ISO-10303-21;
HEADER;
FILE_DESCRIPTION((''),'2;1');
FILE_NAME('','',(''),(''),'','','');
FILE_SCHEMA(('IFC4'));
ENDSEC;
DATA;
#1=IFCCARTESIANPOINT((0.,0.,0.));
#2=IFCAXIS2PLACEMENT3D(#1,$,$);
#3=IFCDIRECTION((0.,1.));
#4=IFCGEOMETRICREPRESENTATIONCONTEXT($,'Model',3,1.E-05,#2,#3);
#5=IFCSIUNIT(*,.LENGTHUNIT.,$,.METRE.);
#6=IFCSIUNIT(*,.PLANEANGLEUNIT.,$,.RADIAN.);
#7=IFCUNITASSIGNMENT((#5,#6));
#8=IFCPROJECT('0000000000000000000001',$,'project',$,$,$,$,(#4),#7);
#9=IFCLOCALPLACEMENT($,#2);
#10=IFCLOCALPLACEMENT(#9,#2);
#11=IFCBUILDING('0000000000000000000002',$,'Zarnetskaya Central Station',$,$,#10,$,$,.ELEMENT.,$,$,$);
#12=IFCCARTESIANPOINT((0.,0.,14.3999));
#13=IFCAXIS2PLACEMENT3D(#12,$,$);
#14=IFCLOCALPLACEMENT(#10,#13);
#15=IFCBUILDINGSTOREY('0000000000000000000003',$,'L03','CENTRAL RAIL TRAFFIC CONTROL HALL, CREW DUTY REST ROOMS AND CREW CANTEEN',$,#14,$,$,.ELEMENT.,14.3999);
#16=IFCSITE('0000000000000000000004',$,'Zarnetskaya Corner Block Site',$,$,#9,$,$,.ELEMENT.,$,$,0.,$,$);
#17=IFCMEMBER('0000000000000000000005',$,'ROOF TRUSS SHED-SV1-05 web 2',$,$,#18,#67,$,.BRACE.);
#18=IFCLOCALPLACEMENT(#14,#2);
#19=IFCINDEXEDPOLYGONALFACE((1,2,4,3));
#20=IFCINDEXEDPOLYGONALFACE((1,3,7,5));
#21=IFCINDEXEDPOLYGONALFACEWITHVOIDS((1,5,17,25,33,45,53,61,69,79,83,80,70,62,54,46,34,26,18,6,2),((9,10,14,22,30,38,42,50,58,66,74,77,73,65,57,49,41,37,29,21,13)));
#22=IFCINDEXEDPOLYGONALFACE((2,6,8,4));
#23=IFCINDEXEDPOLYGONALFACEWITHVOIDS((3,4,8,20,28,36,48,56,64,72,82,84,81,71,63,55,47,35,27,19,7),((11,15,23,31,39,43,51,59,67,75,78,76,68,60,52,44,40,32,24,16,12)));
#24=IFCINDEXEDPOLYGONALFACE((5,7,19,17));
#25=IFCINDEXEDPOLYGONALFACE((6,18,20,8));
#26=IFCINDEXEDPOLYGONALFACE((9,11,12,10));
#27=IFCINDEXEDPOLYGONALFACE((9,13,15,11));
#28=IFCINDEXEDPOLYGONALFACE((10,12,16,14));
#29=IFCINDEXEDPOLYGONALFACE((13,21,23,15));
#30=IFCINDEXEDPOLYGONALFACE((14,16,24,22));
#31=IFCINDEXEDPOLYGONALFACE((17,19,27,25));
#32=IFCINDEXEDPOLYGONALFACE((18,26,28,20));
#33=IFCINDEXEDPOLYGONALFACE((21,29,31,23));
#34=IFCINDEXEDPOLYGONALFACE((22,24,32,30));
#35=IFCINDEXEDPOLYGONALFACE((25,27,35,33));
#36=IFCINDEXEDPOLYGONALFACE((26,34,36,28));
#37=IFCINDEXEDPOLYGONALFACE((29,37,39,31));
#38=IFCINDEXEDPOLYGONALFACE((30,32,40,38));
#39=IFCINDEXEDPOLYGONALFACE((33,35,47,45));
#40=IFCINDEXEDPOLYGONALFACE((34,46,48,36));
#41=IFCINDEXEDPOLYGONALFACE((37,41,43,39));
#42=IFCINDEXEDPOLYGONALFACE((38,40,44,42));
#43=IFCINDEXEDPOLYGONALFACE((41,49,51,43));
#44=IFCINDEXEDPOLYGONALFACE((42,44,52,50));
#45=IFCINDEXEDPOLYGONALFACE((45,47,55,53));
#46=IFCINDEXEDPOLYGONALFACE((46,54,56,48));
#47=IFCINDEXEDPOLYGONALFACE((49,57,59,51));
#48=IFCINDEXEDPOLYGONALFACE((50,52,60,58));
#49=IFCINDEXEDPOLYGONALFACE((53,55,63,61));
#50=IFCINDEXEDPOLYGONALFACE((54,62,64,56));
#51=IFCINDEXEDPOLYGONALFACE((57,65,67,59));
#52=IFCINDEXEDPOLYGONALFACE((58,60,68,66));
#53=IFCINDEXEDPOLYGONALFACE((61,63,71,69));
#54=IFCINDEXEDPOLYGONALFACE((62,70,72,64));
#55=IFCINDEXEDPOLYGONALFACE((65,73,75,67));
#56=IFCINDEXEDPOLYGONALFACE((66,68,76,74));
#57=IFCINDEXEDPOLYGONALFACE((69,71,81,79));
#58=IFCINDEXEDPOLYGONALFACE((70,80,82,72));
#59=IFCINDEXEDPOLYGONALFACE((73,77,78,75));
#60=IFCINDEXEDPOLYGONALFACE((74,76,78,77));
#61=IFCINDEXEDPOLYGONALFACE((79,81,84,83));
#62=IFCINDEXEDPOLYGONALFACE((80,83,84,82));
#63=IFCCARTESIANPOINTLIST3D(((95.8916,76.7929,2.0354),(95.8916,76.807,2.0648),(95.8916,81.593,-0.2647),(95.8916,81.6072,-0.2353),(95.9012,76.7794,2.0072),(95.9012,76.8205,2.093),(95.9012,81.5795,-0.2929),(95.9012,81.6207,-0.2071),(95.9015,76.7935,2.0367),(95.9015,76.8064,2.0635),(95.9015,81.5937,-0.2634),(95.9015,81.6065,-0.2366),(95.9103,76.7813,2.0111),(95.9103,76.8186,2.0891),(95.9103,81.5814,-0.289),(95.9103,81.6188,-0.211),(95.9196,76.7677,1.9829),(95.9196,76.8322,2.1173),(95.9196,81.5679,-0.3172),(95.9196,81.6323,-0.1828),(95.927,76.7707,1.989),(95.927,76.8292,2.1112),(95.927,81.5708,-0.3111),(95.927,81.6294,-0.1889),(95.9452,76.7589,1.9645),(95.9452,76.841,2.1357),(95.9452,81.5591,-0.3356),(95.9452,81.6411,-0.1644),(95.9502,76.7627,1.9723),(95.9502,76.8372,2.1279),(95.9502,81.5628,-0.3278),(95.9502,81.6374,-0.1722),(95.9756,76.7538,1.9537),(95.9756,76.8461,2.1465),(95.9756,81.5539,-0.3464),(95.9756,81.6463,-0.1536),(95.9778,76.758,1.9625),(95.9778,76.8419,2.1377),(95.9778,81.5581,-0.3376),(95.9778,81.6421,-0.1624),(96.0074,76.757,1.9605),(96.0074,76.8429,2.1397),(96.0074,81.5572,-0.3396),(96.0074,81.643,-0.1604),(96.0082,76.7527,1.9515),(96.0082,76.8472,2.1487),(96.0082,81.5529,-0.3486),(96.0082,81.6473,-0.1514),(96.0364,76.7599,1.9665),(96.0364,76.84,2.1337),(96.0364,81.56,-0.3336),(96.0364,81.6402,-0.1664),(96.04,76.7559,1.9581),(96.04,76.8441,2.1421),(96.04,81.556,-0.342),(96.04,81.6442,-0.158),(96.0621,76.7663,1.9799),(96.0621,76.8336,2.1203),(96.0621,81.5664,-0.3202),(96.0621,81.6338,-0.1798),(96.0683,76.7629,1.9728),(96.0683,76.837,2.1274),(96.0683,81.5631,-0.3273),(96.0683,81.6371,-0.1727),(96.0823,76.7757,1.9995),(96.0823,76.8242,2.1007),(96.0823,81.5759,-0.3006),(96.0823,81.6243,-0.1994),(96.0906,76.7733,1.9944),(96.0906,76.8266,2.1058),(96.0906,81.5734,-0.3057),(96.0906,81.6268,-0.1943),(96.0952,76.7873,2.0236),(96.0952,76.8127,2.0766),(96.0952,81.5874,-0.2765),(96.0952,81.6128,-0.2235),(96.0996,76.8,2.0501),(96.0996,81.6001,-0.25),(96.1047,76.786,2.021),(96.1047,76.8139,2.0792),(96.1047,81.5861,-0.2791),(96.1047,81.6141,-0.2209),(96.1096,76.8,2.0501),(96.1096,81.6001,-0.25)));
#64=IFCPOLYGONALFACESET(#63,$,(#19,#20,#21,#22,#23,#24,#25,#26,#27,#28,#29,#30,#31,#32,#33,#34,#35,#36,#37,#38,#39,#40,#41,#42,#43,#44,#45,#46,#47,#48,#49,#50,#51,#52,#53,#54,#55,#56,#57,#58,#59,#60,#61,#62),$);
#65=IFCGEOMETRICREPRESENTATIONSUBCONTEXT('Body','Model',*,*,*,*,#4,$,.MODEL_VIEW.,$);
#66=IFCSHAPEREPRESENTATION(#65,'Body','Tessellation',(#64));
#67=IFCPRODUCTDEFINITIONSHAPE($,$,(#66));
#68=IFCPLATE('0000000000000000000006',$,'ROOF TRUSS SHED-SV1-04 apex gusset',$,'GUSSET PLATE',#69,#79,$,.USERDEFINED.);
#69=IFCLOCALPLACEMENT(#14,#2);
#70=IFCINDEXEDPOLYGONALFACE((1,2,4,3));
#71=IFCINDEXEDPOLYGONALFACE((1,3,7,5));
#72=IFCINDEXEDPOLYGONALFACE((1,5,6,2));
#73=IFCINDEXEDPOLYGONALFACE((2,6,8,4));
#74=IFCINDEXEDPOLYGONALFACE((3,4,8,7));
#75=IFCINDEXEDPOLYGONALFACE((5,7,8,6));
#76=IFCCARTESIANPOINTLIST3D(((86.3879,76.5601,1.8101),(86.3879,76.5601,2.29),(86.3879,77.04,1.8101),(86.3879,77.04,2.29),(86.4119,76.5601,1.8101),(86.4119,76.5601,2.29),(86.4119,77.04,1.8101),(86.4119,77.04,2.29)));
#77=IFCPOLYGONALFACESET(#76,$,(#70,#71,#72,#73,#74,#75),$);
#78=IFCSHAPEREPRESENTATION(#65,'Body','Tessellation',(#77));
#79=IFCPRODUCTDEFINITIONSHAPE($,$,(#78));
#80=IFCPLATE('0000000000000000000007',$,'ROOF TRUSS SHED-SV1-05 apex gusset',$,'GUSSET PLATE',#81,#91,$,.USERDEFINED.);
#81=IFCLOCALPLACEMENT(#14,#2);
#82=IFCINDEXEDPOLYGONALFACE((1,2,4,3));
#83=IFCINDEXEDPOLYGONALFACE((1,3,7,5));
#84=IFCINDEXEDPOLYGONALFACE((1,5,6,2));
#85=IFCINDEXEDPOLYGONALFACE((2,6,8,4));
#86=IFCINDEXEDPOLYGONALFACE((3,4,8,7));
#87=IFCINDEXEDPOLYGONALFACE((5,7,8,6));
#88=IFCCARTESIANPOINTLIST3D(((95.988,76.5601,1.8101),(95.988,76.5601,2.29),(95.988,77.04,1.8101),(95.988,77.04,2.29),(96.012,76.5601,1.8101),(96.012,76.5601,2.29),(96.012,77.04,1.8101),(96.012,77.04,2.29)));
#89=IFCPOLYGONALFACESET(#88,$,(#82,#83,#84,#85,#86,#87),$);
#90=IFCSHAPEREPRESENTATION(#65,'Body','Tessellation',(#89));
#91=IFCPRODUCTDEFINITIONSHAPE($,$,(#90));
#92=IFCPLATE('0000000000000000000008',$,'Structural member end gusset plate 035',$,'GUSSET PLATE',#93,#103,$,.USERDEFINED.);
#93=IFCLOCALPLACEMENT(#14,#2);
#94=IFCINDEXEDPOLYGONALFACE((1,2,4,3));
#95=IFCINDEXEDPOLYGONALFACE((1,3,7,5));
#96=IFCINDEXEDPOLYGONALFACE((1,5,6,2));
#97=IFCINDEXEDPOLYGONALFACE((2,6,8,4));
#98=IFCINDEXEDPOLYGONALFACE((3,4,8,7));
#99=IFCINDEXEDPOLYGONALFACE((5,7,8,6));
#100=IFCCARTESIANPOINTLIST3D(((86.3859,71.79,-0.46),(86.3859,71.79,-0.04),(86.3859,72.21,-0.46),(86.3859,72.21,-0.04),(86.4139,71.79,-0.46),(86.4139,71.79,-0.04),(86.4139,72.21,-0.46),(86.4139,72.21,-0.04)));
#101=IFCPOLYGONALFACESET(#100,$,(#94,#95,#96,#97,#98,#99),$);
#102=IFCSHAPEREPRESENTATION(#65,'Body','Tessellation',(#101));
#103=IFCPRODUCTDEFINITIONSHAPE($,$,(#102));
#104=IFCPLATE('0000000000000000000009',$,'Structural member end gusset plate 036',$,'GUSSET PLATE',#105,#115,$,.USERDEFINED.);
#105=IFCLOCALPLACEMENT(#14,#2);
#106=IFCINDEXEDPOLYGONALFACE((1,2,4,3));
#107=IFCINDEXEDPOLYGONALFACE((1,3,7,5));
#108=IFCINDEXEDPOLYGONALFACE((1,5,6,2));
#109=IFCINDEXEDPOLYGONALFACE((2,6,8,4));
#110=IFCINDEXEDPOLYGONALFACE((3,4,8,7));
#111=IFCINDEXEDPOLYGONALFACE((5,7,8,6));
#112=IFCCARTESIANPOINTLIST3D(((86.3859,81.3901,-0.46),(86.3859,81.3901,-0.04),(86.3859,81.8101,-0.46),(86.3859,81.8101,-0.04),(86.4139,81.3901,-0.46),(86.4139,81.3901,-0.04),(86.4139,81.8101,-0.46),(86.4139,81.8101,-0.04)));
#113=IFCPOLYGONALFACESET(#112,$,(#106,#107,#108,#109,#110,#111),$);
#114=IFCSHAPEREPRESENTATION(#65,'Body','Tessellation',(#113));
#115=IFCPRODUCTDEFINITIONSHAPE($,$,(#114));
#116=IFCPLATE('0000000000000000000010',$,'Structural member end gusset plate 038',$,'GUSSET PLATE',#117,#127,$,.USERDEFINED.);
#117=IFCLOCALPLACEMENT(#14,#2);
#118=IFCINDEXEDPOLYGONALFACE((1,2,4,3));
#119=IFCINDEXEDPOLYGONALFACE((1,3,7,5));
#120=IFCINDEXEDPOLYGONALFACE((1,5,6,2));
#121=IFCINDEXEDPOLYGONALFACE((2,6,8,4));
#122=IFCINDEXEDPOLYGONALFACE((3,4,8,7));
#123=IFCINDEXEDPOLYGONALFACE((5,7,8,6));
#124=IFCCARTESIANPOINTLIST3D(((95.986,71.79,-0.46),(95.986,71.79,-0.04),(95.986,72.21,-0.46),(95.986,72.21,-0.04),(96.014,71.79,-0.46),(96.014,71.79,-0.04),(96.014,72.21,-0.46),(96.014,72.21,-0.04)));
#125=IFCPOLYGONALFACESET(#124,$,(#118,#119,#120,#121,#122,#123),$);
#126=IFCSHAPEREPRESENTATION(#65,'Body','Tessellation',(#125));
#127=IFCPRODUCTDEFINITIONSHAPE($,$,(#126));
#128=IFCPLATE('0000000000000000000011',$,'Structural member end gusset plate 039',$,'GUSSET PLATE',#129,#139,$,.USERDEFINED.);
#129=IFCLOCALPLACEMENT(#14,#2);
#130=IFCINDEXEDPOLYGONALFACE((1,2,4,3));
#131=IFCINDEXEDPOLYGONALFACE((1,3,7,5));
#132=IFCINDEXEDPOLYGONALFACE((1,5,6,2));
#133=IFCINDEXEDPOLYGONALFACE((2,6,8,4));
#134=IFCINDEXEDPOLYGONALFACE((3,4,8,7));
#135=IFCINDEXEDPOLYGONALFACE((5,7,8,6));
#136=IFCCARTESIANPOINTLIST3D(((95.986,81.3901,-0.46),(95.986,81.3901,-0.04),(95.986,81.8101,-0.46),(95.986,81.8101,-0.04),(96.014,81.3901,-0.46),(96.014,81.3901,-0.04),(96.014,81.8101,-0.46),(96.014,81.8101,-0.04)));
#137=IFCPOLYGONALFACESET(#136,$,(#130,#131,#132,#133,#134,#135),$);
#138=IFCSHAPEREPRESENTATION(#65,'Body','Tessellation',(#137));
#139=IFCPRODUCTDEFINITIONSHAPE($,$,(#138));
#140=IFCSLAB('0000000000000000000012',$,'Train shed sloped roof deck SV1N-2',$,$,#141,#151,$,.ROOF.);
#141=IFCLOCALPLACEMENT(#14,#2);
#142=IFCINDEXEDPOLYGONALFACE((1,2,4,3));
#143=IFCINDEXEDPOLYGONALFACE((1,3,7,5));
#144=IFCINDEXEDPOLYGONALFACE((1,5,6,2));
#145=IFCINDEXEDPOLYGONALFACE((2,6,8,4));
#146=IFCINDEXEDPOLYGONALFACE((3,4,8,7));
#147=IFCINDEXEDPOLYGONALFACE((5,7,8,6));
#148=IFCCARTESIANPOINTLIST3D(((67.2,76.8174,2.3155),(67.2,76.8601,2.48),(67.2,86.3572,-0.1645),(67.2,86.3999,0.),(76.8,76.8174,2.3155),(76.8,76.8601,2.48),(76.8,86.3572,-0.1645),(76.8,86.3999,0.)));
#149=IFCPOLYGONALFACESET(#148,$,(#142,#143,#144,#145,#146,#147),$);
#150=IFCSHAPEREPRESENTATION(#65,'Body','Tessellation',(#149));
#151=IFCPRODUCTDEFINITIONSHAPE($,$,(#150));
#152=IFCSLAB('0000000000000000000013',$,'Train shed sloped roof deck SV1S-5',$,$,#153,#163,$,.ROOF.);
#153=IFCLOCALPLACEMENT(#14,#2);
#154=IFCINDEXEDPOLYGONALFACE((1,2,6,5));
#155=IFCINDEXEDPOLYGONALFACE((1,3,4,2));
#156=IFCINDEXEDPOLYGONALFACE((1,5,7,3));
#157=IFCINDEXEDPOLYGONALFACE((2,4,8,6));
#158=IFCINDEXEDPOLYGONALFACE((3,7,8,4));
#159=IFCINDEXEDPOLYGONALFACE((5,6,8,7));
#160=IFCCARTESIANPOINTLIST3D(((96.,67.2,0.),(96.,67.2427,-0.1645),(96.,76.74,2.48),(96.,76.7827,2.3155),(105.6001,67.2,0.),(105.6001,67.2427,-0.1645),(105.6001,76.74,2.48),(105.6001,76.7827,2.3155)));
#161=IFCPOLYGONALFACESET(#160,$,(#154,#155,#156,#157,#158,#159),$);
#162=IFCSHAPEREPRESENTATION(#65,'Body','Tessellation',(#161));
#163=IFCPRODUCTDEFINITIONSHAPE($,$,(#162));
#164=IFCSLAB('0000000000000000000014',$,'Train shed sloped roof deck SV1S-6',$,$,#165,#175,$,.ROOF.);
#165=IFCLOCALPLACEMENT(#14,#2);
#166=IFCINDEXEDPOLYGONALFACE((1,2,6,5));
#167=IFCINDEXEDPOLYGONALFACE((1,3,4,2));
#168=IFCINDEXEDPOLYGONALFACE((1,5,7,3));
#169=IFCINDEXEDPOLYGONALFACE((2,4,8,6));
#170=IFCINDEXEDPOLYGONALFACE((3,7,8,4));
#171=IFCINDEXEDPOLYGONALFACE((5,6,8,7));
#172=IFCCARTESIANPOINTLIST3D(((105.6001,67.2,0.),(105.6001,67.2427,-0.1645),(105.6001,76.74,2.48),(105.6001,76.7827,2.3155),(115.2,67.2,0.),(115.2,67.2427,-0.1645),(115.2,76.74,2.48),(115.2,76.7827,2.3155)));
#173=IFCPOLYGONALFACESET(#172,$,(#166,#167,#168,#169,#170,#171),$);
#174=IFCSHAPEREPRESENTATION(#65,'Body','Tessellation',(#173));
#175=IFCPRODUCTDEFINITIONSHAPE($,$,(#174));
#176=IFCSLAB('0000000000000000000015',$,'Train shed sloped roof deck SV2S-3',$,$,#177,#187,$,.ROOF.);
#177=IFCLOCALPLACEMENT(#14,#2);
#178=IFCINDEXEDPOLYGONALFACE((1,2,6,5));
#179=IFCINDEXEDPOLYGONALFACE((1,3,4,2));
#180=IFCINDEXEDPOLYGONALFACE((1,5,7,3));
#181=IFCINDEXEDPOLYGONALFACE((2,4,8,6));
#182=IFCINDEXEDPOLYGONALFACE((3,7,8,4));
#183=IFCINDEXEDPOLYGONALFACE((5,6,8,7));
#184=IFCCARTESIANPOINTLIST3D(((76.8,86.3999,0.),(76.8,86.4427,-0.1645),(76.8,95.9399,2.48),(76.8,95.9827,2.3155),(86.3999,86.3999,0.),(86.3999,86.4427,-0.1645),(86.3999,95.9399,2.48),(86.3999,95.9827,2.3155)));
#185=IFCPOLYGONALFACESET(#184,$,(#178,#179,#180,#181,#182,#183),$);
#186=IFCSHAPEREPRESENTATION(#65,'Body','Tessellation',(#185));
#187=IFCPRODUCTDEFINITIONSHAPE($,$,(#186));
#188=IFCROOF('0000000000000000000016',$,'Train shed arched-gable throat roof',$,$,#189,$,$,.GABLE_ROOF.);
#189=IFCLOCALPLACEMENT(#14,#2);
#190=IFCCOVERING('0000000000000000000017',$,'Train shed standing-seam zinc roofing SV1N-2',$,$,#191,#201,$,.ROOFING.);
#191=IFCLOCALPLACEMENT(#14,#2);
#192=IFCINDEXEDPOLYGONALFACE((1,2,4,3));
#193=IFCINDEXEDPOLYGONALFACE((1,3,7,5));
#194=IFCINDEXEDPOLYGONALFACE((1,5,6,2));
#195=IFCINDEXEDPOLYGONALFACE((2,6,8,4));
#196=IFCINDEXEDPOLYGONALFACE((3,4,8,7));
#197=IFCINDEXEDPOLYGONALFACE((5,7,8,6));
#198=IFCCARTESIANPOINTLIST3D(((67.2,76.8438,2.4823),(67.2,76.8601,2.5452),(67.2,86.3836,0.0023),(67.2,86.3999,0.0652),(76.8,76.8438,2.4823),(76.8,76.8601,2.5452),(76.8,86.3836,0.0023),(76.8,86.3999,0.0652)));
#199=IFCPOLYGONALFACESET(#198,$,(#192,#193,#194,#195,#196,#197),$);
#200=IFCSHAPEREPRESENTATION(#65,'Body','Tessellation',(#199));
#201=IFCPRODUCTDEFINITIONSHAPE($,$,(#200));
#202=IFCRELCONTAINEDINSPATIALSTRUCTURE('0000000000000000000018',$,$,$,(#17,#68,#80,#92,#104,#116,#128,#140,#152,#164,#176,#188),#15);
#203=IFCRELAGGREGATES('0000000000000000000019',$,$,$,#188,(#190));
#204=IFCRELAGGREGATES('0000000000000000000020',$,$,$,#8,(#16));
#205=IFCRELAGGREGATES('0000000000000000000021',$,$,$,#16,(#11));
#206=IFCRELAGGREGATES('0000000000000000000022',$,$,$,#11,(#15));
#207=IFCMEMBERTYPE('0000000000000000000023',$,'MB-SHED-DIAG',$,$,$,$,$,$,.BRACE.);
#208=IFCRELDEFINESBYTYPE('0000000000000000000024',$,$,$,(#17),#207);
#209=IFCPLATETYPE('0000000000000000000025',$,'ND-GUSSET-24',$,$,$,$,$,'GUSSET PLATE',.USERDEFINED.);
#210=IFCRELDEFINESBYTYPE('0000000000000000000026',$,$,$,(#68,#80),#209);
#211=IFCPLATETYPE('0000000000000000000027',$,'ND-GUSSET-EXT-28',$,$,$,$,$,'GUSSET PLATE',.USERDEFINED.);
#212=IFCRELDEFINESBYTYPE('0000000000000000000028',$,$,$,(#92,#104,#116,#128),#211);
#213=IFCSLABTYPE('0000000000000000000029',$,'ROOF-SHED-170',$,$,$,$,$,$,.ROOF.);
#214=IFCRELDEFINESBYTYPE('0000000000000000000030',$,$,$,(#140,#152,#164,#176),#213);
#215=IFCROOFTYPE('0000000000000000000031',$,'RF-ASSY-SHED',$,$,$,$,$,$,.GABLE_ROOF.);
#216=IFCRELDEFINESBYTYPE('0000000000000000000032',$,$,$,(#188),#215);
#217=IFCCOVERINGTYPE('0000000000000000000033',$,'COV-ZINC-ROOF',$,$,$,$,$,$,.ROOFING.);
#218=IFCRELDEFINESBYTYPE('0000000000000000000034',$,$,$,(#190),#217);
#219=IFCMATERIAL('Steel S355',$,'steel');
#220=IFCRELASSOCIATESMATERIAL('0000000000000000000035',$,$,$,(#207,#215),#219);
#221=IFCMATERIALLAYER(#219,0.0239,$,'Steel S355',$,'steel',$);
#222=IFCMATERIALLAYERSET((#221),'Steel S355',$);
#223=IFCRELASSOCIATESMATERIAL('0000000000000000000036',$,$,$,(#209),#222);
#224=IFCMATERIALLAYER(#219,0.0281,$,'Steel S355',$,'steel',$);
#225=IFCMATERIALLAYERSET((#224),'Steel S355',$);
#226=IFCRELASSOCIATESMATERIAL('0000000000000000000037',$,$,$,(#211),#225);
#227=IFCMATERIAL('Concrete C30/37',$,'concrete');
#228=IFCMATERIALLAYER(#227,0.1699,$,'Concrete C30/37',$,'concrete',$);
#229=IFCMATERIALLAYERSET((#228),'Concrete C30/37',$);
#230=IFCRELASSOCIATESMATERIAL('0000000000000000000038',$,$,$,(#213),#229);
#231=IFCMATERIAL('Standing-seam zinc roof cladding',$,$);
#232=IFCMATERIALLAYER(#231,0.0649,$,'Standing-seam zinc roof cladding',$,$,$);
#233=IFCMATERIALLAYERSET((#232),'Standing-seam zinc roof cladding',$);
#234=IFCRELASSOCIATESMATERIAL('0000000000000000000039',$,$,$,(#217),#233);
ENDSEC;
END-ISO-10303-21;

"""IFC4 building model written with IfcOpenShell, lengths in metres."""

from ifc_helpers import new_model, si_unit, direction, frame, origin, origin_2d, place, context, subcontext, project, spatial, polyline, rectangle, hollow_circle, outline, extrude, material, layer, layer_set, material_profile, profile_set, type_object, element, aggregate, save


model = new_model("IFC4")

# Units and contexts
model_context = context("Model", 3, precision=1e-05, world=origin(), true_north=direction((0.0, 1.0)))
body_context = subcontext(model_context, "Body", "Model", "MODEL_VIEW")
ifc_project = project(units=[si_unit("LENGTHUNIT", "METRE"), si_unit("PLANEANGLEUNIT", "RADIAN")], contexts=[model_context])

# Site, building, storey
site_placement = place(None, origin())
site = spatial("IfcSite", under=ifc_project, at=site_placement, Name="Zarnetskaya Corner Block Site", CompositionType="ELEMENT", RefElevation=0.0)
building_placement = place(site_placement, origin())
building = spatial("IfcBuilding", under=site, at=building_placement, Name="Zarnetskaya Central Station", CompositionType="ELEMENT")
storey_placement = place(building_placement, frame((0.0, 0.0, 14.3999)))
storey = spatial("IfcBuildingStorey", under=building, at=storey_placement, Name="L03", Description="CENTRAL RAIL TRAFFIC CONTROL HALL, CREW DUTY REST ROOMS AND CREW CANTEEN", CompositionType="ELEMENT", Elevation=14.3999)

# Shared definitions
ifc_material_1 = material(Name="Steel S355", Category="steel")

# Member
ifc_material_profile_1 = material_profile(ifc_material_1, hollow_circle(Radius=0.1096, WallThickness=0.01, at=origin_2d()), Name="CHS 219.1x10")
ifc_profile_set_1 = profile_set([ifc_material_profile_1], Name="Steel S355")
member_type_1 = type_object("IfcMemberType", Name="MB-SHED-DIAG", PredefinedType="BRACE", material=ifc_profile_set_1)
for number, where, z_axis, x_axis, name in (
    (1, (96.0, 81.6001, -0.25), (0.0, -0.901814, 0.432124), (1.0, 0.0, 0.0), "ROOF TRUSS SHED-SV1-05 web 2"),
):
    element("IfcMember", number, at=place(storey_placement, frame(where, z_axis=z_axis, x_axis=x_axis)), inside=storey, type_object=member_type_1, Name=name, PredefinedType="BRACE", context=body_context, shape_type="SweptSolid", body=[
        extrude(hollow_circle(Radius=0.1096, WallThickness=0.01, at=origin_2d()), origin(), (0.0, 0.0, 1.0), 5.3228),
    ])

# Plates
ifc_layer_1 = layer(ifc_material_1, 0.0239, Name="Steel S355", Category="steel")
ifc_layer_set_1 = layer_set([ifc_layer_1], Name="Steel S355")
plate_type_1 = type_object("IfcPlateType", Name="ND-GUSSET-24", ElementType="GUSSET PLATE", PredefinedType="USERDEFINED", material=ifc_layer_set_1)
for number, where, z_axis, x_axis, name in (
    (2, (86.3999, 76.8, 1.8101), (0.0, 0.0, 1.0), (1.0, 0.0, 0.0), "ROOF TRUSS SHED-SV1-04 apex gusset"),
    (3, (96.0, 76.8, 1.8101), (0.0, 0.0, 1.0), (1.0, 0.0, 0.0), "ROOF TRUSS SHED-SV1-05 apex gusset"),
):
    element("IfcPlate", number, at=place(storey_placement, frame(where, z_axis=z_axis, x_axis=x_axis)), inside=storey, type_object=plate_type_1, Name=name, ObjectType="GUSSET PLATE", PredefinedType="USERDEFINED", context=body_context, shape_type="SweptSolid", body=[
        extrude(rectangle(XDim=0.0239, YDim=0.48, at=origin_2d()), origin(), (0.0, 0.0, 1.0), 0.48),
    ])
ifc_layer_2 = layer(ifc_material_1, 0.0281, Name="Steel S355", Category="steel")
ifc_layer_set_2 = layer_set([ifc_layer_2], Name="Steel S355")
plate_type_2 = type_object("IfcPlateType", Name="ND-GUSSET-EXT-28", ElementType="GUSSET PLATE", PredefinedType="USERDEFINED", material=ifc_layer_set_2)
for number, where, z_axis, x_axis, name in (
    (4, (86.3999, 72.0, -0.46), (0.0, 0.0, 1.0), (1.0, 0.0, 0.0), "Structural member end gusset plate 035"),
    (5, (86.3999, 81.6001, -0.46), (0.0, 0.0, 1.0), (1.0, 0.0, 0.0), "Structural member end gusset plate 036"),
    (6, (96.0, 72.0, -0.46), (0.0, 0.0, 1.0), (1.0, 0.0, 0.0), "Structural member end gusset plate 038"),
    (7, (96.0, 81.6001, -0.46), (0.0, 0.0, 1.0), (1.0, 0.0, 0.0), "Structural member end gusset plate 039"),
):
    element("IfcPlate", number, at=place(storey_placement, frame(where, z_axis=z_axis, x_axis=x_axis)), inside=storey, type_object=plate_type_2, Name=name, ObjectType="GUSSET PLATE", PredefinedType="USERDEFINED", context=body_context, shape_type="SweptSolid", body=[
        extrude(rectangle(XDim=0.0281, YDim=0.4199, at=origin_2d()), origin(), (0.0, 0.0, 1.0), 0.4199),
    ])

# Slabs
ifc_material_2 = material(Name="Concrete C30/37", Category="concrete")
ifc_layer_3 = layer(ifc_material_2, 0.1699, Name="Concrete C30/37", Category="concrete")
ifc_layer_set_3 = layer_set([ifc_layer_3], Name="Concrete C30/37")
slab_type = type_object("IfcSlabType", Name="ROOF-SHED-170", PredefinedType="ROOF", material=ifc_layer_set_3)
slab_1_placement = place(storey_placement, frame((76.8, 86.3999, 0.0), z_axis=(0.0, 0.251599, 0.967832), x_axis=(-1.0, 0.0, 0.0)))
element("IfcSlab", 8, at=slab_1_placement, inside=storey, type_object=slab_type, Name="Train shed sloped roof deck SV1N-2", PredefinedType="ROOF", context=body_context, shape_type="SweptSolid", body=[
    extrude(outline(polyline([(0.0, 0.0), (9.6001, 0.0), (9.6001, 9.8569), (0.0, 9.8569), (0.0, 0.0)])), origin(), (0.0, 0.0, -1.0), 0.1699),
])
slab_2_placement = place(storey_placement, frame((96.0, 67.2, 0.0), z_axis=(0.0, -0.251593, 0.967833), x_axis=(1.0, 0.0, 0.0)))
element("IfcSlab", 9, at=slab_2_placement, inside=storey, type_object=slab_type, Name="Train shed sloped roof deck SV1S-5", PredefinedType="ROOF", context=body_context, shape_type="SweptSolid", body=[
    extrude(outline(polyline([(0.0, 0.0), (9.6001, 0.0), (9.6001, 9.8571), (0.0, 9.8571), (0.0, 0.0)])), origin(), (0.0, 0.0, -1.0), 0.1699),
])
for number, where, z_axis, x_axis, name in (
    (10, (105.6001, 67.2, 0.0), (0.0, -0.251593, 0.967833), (1.0, 0.0, 0.0), "Train shed sloped roof deck SV1S-6"),
    (11, (76.8, 86.3999, 0.0), (0.0, -0.251593, 0.967833), (1.0, 0.0, 0.0), "Train shed sloped roof deck SV2S-3"),
):
    element("IfcSlab", number, at=place(storey_placement, frame(where, z_axis=z_axis, x_axis=x_axis)), inside=storey, type_object=slab_type, Name=name, PredefinedType="ROOF", context=body_context, shape_type="SweptSolid", body=[
        extrude(outline(polyline([(0.0, 0.0), (9.5999, 0.0), (9.5999, 9.8571), (0.0, 9.8571), (0.0, 0.0)])), origin(), (0.0, 0.0, -1.0), 0.1699),
    ])

# Roof, covering
roof_type = type_object("IfcRoofType", Name="RF-ASSY-SHED", PredefinedType="GABLE_ROOF", material=ifc_material_1)
roof_placement = place(storey_placement, origin())
roof = element("IfcRoof", 12, at=roof_placement, inside=storey, type_object=roof_type, Name="Train shed arched-gable throat roof", PredefinedType="GABLE_ROOF")
ifc_material_3 = material(Name="Standing-seam zinc roof cladding")
ifc_layer_4 = layer(ifc_material_3, 0.0649, Name="Standing-seam zinc roof cladding")
ifc_layer_set_4 = layer_set([ifc_layer_4], Name="Standing-seam zinc roof cladding")
covering_type = type_object("IfcCoveringType", Name="COV-ZINC-ROOF", PredefinedType="ROOFING", material=ifc_layer_set_4)
covering_1_placement = place(storey_placement, frame((76.8, 86.3999, 0.0652), z_axis=(0.0, 0.251599, 0.967832), x_axis=(-1.0, 0.0, 0.0)))
covering_1 = element("IfcCovering", 13, at=covering_1_placement, type_object=covering_type, Name="Train shed standing-seam zinc roofing SV1N-2", PredefinedType="ROOFING", context=body_context, shape_type="SweptSolid", body=[
    extrude(outline(polyline([(0.0, 0.0), (9.6001, 0.0), (9.6001, 9.8569), (0.0, 9.8569), (0.0, 0.0)])), origin(), (0.0, 0.0, -1.0), 0.0649),
])
aggregate(roof, [covering_1])

save(model, "model.ifc")
